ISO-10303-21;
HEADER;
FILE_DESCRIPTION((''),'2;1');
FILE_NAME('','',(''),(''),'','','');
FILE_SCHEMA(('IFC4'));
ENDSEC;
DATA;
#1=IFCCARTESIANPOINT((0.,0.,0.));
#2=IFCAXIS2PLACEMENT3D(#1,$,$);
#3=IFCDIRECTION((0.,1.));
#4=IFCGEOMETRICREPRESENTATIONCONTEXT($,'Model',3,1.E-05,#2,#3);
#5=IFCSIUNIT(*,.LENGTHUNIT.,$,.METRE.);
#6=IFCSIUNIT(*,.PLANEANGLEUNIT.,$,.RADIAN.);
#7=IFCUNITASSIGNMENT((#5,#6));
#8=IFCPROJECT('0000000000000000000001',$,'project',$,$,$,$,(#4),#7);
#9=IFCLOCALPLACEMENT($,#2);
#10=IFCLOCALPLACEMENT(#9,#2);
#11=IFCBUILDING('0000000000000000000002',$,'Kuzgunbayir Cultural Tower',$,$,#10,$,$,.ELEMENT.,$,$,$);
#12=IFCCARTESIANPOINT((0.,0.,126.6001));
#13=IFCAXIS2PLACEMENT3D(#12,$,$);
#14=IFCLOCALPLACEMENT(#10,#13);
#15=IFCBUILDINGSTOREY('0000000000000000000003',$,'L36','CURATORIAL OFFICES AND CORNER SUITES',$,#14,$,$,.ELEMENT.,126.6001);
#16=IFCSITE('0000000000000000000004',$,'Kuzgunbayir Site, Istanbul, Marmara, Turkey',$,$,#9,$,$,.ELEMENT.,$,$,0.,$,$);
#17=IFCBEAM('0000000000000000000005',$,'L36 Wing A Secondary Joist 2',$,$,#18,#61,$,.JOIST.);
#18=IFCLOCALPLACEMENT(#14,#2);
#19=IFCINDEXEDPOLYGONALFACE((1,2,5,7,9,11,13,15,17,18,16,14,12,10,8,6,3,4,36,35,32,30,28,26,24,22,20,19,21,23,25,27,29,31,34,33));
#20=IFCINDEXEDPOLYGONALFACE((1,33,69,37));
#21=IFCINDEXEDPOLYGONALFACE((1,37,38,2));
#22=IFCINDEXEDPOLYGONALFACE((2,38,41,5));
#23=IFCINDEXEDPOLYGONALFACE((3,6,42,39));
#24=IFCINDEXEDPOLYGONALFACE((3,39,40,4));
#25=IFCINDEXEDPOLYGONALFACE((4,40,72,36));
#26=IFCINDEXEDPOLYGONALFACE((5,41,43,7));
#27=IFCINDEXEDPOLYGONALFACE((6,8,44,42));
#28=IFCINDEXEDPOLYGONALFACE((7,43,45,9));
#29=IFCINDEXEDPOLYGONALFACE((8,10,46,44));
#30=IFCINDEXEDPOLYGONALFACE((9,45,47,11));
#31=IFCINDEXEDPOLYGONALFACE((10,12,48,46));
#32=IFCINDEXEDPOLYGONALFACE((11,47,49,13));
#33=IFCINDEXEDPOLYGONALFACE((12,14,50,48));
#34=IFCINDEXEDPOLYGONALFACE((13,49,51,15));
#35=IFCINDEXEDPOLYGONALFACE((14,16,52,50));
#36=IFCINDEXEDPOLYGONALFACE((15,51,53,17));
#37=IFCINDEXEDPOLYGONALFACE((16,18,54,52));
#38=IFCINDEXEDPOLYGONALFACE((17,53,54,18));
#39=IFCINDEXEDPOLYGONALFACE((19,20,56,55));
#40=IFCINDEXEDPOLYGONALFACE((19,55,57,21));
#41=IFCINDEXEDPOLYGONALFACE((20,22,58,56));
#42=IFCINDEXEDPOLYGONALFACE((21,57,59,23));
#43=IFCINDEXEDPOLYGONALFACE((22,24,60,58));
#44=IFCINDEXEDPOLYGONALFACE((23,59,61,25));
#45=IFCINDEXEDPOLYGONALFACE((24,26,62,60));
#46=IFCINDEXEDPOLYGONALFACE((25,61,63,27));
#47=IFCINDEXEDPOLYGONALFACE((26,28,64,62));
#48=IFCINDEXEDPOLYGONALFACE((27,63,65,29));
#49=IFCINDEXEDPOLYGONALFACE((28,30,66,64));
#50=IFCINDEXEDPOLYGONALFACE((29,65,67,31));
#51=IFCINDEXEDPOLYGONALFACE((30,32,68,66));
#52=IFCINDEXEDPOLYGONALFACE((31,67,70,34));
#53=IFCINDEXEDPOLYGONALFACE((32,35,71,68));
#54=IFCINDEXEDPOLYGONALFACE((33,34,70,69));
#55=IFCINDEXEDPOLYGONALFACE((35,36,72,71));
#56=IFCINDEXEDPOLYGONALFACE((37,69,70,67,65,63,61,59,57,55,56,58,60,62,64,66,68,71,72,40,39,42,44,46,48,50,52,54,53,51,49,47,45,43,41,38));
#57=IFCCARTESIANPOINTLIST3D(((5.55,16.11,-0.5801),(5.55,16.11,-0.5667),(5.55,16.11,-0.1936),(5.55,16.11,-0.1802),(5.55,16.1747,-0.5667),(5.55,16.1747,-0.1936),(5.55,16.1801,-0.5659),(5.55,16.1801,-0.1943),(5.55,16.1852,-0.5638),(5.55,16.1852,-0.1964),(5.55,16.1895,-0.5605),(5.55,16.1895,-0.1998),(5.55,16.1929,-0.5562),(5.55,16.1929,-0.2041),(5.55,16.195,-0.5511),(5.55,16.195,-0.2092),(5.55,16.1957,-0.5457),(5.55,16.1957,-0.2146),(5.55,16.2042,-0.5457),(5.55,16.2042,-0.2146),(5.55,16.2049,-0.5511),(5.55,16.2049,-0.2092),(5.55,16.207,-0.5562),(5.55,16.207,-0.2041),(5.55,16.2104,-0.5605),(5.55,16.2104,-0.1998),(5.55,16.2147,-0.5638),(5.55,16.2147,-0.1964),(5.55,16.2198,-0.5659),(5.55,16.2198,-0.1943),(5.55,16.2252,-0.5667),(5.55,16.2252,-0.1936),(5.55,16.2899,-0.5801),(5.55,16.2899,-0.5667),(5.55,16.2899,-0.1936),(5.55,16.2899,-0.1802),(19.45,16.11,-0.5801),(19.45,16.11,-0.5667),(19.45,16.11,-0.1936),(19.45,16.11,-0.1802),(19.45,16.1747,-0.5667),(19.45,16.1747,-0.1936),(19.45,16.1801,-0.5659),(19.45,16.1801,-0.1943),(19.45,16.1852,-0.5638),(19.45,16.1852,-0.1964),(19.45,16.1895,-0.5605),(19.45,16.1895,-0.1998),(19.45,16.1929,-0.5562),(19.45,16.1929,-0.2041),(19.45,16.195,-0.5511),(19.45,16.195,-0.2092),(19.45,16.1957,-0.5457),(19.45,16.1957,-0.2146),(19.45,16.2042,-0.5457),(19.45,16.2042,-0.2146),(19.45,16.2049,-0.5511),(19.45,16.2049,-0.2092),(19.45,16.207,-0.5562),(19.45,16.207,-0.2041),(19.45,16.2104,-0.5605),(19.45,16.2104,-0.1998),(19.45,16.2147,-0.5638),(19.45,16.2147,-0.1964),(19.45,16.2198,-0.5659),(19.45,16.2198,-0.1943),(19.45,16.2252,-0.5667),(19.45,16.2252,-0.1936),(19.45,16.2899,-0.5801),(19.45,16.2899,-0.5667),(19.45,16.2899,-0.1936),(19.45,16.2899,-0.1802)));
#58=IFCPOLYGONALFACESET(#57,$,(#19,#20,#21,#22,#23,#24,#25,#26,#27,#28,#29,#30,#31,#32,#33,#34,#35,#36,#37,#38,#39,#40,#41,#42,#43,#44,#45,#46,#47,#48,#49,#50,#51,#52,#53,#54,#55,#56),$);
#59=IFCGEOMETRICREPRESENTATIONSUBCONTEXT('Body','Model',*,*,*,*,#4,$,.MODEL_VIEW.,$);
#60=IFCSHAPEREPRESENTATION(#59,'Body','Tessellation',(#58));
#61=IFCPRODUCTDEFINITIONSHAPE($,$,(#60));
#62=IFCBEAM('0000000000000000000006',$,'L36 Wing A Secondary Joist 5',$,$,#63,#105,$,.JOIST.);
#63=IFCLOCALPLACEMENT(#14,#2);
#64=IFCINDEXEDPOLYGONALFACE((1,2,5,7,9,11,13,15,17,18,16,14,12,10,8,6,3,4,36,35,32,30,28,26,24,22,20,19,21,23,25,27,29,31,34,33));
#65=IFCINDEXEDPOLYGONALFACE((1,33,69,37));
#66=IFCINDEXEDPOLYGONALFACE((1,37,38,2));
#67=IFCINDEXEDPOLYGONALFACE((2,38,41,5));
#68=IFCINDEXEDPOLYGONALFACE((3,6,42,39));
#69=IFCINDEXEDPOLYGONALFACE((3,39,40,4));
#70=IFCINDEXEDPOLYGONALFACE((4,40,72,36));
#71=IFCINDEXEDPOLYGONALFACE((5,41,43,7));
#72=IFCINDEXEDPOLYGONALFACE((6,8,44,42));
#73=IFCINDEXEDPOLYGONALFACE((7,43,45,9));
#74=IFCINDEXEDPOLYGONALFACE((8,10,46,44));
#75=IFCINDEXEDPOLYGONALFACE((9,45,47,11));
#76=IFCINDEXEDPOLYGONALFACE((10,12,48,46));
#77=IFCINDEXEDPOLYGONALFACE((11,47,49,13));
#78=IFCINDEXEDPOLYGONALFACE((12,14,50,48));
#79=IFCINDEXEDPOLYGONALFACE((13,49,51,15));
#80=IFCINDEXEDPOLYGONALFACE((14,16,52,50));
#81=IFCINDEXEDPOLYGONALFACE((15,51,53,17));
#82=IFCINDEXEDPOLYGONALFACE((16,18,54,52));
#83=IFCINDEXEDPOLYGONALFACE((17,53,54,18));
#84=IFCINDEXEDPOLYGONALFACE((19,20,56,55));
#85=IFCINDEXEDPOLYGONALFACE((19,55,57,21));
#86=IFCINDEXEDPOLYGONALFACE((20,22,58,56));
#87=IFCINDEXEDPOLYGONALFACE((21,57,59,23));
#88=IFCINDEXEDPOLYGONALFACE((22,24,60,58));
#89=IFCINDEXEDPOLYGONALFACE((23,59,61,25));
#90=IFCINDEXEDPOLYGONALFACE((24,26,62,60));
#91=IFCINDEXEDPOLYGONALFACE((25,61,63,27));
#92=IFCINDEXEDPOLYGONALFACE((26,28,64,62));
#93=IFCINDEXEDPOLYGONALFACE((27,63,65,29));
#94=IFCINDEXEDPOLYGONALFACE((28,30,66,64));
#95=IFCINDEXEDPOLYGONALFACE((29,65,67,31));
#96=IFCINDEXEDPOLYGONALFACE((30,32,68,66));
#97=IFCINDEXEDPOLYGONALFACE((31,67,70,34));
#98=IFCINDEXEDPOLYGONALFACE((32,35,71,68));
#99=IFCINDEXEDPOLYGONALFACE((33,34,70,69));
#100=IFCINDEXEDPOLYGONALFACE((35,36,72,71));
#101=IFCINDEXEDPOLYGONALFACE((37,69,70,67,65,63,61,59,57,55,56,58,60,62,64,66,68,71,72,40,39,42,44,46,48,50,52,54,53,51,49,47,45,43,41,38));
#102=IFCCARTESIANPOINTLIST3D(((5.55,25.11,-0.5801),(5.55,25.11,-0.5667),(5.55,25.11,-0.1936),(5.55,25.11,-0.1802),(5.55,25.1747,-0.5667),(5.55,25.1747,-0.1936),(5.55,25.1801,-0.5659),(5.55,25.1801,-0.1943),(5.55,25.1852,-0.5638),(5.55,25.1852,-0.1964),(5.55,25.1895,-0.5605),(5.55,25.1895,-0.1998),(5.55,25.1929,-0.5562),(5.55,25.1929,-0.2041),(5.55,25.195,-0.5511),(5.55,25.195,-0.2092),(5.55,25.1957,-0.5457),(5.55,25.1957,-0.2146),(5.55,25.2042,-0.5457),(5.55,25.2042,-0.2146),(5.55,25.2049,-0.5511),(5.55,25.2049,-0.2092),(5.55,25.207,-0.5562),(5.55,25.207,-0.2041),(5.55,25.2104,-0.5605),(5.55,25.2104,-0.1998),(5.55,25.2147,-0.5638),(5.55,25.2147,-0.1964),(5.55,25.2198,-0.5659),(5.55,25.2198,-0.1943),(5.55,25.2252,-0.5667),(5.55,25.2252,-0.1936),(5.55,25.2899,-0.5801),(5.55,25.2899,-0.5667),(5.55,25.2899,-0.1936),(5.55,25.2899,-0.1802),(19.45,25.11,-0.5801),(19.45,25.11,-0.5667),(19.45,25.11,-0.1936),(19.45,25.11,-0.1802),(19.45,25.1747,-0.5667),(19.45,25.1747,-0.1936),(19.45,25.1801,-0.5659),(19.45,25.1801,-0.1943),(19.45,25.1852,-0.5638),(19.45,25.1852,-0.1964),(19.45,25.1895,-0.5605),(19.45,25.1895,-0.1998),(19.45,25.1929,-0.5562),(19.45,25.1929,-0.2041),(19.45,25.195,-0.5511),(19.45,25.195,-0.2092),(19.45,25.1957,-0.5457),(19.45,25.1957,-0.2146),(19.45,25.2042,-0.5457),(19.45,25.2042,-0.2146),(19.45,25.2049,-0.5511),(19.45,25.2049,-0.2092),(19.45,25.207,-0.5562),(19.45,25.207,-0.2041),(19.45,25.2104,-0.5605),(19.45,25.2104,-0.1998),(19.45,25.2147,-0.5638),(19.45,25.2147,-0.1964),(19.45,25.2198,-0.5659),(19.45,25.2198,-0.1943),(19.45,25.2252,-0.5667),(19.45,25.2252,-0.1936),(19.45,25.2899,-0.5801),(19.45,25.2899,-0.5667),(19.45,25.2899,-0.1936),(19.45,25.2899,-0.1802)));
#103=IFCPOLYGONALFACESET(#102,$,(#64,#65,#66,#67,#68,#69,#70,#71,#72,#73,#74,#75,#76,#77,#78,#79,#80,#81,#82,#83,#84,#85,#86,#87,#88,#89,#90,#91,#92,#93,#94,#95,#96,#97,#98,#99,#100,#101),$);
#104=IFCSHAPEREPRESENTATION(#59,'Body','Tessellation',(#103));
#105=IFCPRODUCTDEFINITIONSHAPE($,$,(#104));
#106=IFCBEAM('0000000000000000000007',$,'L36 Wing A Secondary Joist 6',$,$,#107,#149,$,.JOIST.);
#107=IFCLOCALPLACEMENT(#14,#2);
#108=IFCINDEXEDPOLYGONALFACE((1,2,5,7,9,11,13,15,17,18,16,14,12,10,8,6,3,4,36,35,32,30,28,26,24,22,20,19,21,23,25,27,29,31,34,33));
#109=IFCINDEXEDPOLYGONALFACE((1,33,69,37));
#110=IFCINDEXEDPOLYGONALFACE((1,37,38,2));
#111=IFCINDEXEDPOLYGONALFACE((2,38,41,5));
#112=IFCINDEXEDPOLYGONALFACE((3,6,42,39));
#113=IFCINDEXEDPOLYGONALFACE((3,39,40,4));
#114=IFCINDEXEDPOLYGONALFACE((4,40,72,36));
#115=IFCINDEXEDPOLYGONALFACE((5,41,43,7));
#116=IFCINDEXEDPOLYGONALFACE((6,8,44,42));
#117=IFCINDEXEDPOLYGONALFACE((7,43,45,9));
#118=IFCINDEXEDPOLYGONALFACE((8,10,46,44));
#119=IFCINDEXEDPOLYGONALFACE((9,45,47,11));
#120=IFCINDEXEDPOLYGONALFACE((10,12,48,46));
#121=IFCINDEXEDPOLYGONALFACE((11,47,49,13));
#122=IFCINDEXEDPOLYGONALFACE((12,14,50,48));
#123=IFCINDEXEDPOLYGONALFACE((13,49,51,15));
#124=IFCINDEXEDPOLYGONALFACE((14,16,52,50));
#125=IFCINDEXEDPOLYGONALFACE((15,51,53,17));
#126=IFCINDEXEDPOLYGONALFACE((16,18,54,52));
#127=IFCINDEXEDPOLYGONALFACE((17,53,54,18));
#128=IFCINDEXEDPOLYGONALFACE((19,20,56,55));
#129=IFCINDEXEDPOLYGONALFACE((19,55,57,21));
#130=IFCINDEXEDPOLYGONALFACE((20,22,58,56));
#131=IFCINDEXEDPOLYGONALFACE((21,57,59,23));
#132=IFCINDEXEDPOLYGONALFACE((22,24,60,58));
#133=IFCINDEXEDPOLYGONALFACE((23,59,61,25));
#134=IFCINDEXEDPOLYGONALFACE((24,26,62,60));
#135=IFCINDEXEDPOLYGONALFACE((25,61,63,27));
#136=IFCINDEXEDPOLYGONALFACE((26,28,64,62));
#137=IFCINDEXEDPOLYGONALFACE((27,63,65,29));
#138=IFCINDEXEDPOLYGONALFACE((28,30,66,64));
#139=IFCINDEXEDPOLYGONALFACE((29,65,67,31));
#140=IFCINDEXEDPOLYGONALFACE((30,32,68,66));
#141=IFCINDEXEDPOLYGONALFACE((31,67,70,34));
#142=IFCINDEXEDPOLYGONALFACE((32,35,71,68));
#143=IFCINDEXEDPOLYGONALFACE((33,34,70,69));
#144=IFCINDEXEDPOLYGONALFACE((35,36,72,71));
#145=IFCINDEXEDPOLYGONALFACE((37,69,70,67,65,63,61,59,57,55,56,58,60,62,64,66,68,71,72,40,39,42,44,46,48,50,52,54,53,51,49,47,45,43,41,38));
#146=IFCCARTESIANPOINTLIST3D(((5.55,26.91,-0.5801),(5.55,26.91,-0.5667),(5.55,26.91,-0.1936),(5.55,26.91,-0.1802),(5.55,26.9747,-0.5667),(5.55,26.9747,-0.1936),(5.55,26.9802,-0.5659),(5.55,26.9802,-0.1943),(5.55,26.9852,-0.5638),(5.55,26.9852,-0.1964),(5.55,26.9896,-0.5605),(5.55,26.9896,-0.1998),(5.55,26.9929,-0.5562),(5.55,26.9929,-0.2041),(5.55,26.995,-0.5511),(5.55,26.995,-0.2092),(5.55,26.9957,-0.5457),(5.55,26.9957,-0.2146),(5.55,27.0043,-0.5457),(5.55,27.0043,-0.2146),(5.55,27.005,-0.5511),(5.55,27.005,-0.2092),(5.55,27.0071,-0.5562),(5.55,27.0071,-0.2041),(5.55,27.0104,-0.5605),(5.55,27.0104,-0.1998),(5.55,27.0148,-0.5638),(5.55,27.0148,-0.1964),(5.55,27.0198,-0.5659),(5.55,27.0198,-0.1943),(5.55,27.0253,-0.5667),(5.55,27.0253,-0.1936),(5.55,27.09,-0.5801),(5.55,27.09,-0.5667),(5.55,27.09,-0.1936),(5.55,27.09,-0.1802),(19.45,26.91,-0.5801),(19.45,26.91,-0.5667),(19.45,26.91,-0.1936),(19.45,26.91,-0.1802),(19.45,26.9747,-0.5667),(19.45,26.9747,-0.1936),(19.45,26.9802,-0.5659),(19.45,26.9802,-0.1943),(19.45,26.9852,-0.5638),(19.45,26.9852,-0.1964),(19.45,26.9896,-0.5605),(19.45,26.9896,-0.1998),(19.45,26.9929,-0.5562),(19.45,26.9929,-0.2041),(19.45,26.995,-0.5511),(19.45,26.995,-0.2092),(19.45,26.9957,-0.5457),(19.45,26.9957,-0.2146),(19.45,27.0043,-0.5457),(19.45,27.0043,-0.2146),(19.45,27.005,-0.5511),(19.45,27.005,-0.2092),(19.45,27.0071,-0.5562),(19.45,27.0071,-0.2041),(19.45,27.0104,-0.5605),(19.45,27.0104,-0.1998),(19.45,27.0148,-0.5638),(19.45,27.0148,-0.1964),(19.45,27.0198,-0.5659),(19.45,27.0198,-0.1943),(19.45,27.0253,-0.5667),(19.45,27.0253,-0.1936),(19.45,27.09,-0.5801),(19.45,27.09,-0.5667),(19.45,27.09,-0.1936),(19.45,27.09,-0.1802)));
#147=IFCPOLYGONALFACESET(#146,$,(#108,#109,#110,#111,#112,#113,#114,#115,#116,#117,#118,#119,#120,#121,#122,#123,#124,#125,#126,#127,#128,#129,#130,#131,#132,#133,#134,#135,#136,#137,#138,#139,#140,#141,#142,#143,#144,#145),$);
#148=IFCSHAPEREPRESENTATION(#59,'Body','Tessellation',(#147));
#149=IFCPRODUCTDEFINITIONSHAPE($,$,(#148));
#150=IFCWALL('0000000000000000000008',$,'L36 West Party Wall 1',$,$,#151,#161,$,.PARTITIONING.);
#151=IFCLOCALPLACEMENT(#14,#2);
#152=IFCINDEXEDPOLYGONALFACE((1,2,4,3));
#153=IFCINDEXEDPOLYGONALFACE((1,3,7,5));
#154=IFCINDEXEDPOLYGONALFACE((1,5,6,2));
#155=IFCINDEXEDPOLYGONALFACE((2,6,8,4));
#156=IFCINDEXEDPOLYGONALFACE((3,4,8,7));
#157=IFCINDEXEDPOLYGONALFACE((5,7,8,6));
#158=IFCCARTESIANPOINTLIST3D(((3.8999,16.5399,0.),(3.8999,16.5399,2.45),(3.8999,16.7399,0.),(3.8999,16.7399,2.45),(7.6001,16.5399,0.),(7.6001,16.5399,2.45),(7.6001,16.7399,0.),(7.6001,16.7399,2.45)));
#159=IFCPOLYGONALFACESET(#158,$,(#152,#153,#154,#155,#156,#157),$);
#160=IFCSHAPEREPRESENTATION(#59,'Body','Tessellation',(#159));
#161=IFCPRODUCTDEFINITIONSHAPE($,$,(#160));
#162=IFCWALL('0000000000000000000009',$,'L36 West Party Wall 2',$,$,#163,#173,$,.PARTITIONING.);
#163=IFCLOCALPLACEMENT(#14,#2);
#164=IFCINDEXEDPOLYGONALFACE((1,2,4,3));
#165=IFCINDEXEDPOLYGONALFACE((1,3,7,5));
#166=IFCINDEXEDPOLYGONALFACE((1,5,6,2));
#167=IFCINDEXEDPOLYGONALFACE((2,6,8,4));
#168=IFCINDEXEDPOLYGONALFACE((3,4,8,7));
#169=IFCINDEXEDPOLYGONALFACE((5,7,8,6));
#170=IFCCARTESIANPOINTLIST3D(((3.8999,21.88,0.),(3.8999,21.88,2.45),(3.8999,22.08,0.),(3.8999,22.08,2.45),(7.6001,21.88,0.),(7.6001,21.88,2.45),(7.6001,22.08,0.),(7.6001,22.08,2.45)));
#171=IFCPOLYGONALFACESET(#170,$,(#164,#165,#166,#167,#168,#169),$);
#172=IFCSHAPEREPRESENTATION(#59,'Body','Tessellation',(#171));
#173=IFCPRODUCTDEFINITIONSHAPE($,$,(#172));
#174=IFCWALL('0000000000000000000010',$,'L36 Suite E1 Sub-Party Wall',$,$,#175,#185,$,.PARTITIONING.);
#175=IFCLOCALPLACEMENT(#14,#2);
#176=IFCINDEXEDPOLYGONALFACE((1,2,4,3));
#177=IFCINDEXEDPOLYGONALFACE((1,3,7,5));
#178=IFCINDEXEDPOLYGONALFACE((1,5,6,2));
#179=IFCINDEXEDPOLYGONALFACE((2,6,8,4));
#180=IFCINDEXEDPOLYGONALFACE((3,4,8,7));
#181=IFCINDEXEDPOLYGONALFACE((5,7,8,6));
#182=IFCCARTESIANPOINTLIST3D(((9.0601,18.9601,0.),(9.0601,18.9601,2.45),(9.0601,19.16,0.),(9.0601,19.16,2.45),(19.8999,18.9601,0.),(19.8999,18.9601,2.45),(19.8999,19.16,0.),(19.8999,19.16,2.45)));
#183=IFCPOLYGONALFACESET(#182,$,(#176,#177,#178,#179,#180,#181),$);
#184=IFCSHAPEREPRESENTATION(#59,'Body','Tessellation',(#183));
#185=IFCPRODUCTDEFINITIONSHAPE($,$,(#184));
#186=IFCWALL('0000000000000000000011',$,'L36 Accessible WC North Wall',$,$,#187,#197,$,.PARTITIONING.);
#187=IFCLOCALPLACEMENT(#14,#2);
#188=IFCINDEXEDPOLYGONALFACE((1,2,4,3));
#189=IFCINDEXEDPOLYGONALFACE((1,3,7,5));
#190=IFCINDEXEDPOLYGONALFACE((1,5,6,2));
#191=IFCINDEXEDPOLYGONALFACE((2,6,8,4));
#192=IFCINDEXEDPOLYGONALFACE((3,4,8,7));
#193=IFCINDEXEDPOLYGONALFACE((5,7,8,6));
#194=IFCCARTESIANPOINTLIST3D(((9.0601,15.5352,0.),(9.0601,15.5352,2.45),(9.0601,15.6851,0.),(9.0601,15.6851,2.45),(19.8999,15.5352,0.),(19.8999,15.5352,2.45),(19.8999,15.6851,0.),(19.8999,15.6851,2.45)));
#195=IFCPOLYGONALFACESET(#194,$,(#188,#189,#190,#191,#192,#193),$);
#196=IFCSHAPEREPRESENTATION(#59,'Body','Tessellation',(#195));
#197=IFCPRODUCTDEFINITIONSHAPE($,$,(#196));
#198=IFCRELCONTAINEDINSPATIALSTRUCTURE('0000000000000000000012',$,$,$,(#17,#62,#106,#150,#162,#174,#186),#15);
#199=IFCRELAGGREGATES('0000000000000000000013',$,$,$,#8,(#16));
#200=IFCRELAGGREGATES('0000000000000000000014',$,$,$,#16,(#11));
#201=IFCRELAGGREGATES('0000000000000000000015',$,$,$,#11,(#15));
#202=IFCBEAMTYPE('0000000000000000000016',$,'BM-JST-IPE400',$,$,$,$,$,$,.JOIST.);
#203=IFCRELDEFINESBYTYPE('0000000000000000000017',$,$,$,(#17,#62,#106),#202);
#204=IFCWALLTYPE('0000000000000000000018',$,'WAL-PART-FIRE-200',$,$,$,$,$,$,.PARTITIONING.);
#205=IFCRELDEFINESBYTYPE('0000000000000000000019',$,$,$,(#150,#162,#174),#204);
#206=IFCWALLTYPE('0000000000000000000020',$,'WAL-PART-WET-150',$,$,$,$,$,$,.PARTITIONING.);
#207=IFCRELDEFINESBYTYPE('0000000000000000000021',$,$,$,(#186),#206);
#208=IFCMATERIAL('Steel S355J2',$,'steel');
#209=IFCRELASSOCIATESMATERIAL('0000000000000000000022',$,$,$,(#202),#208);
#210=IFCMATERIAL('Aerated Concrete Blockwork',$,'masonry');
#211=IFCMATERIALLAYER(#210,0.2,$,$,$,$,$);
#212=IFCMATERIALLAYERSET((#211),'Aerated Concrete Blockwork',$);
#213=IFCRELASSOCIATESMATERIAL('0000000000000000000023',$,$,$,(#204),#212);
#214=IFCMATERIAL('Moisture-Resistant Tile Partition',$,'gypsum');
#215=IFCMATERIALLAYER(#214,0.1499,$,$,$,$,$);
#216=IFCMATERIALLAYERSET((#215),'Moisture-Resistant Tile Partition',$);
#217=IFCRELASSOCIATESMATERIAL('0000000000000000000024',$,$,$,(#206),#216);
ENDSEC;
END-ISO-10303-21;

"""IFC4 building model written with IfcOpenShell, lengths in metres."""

from ifc_helpers import new_model, si_unit, direction, frame, frame_2d, origin, origin_2d, place, context, subcontext, project, spatial, rectangle, i_section, extrude, material, layer, layer_set, material_profile, profile_set, type_object, element, save


model = new_model("IFC4")

# Units and contexts
model_context = context("Model", 3, precision=1e-05, world=origin(), true_north=direction((0.0, 1.0)))
body_context = subcontext(model_context, "Body", "Model", "MODEL_VIEW")
ifc_project = project(units=[si_unit("LENGTHUNIT", "METRE"), si_unit("PLANEANGLEUNIT", "RADIAN")], contexts=[model_context])

# Site, building, storey
site_placement = place(None, origin())
site = spatial("IfcSite", under=ifc_project, at=site_placement, Name="Kuzgunbayir Site, Istanbul, Marmara, Turkey", CompositionType="ELEMENT", RefElevation=0.0)
building_placement = place(site_placement, origin())
building = spatial("IfcBuilding", under=site, at=building_placement, Name="Kuzgunbayir Cultural Tower", CompositionType="ELEMENT")
storey_placement = place(building_placement, frame((0.0, 0.0, 126.6001)))
storey = spatial("IfcBuildingStorey", under=building, at=storey_placement, Name="L36", Description="CURATORIAL OFFICES AND CORNER SUITES", CompositionType="ELEMENT", Elevation=126.6001)

# Beams
ifc_material_1 = material(Name="Steel S355J2", Category="steel")
ifc_material_profile_1 = material_profile(ifc_material_1, i_section(OverallWidth=0.1799, OverallDepth=0.3999, WebThickness=0.0085, FlangeThickness=0.0134, FilletRadius=0.021, at=origin_2d()), Name="IPE 400")
ifc_profile_set_1 = profile_set([ifc_material_profile_1], Name="Steel S355J2")
beam_type_1 = type_object("IfcBeamType", Name="BM-JST-IPE400", PredefinedType="JOIST", material=ifc_profile_set_1)
for number, where, z_axis, x_axis, name in (
    (1, (5.55, 16.2, -0.3801), (1.0, 0.0, 0.0), (0.0, 1.0, 0.0), "L36 Wing A Secondary Joist 2"),
    (2, (5.55, 25.2, -0.3801), (1.0, 0.0, 0.0), (0.0, 1.0, 0.0), "L36 Wing A Secondary Joist 5"),
    (3, (5.55, 27.0, -0.3801), (1.0, 0.0, 0.0), (0.0, 1.0, 0.0), "L36 Wing A Secondary Joist 6"),
):
    element("IfcBeam", number, at=place(storey_placement, frame(where, z_axis=z_axis, x_axis=x_axis)), inside=storey, type_object=beam_type_1, Name=name, PredefinedType="JOIST", context=body_context, shape_type="SweptSolid", body=[
        extrude(i_section(OverallWidth=0.1799, OverallDepth=0.3999, WebThickness=0.0085, FlangeThickness=0.0134, FilletRadius=0.021, at=origin_2d()), origin(), (0.0, 0.0, 1.0), 13.8999),
    ])

# Walls
ifc_material_2 = material(Name="Aerated Concrete Blockwork", Category="masonry")
ifc_layer_1 = layer(ifc_material_2, 0.2)
ifc_layer_set_1 = layer_set([ifc_layer_1], Name="Aerated Concrete Blockwork")
wall_type_1 = type_object("IfcWallType", Name="WAL-PART-FIRE-200", PredefinedType="PARTITIONING", material=ifc_layer_set_1)
for number, where, z_axis, x_axis, name in (
    (4, (3.8999, 16.6399, 0.0), (0.0, 0.0, 1.0), (1.0, 0.0, 0.0), "L36 West Party Wall 1"),
    (5, (3.8999, 21.98, 0.0), (0.0, 0.0, 1.0), (1.0, 0.0, 0.0), "L36 West Party Wall 2"),
):
    element("IfcWall", number, at=place(storey_placement, frame(where, z_axis=z_axis, x_axis=x_axis)), inside=storey, type_object=wall_type_1, Name=name, PredefinedType="PARTITIONING", context=body_context, shape_type="SweptSolid", body=[
        extrude(rectangle(XDim=3.7002, YDim=0.2, at=frame_2d((1.8501, 0.0))), origin(), (0.0, 0.0, 1.0), 2.45),
    ])
wall_1_placement = place(storey_placement, frame((9.0601, 19.0601, 0.0), z_axis=(0.0, 0.0, 1.0), x_axis=(1.0, 0.0, 0.0)))
element("IfcWall", 6, at=wall_1_placement, inside=storey, type_object=wall_type_1, Name="L36 Suite E1 Sub-Party Wall", PredefinedType="PARTITIONING", context=body_context, shape_type="SweptSolid", body=[
    extrude(rectangle(XDim=10.8398, YDim=0.2, at=frame_2d((5.4199, 0.0))), origin(), (0.0, 0.0, 1.0), 2.45),
])
ifc_material_3 = material(Name="Moisture-Resistant Tile Partition", Category="gypsum")
ifc_layer_2 = layer(ifc_material_3, 0.1499)
ifc_layer_set_2 = layer_set([ifc_layer_2], Name="Moisture-Resistant Tile Partition")
wall_type_2 = type_object("IfcWallType", Name="WAL-PART-WET-150", PredefinedType="PARTITIONING", material=ifc_layer_set_2)
wall_2_placement = place(storey_placement, frame((9.0601, 15.6101, 0.0), z_axis=(0.0, 0.0, 1.0), x_axis=(1.0, 0.0, 0.0)))
element("IfcWall", 7, at=wall_2_placement, inside=storey, type_object=wall_type_2, Name="L36 Accessible WC North Wall", PredefinedType="PARTITIONING", context=body_context, shape_type="SweptSolid", body=[
    extrude(rectangle(XDim=10.8398, YDim=0.1499, at=frame_2d((5.4199, 0.0))), origin(), (0.0, 0.0, 1.0), 2.45),
])

save(model, "model.ifc")
